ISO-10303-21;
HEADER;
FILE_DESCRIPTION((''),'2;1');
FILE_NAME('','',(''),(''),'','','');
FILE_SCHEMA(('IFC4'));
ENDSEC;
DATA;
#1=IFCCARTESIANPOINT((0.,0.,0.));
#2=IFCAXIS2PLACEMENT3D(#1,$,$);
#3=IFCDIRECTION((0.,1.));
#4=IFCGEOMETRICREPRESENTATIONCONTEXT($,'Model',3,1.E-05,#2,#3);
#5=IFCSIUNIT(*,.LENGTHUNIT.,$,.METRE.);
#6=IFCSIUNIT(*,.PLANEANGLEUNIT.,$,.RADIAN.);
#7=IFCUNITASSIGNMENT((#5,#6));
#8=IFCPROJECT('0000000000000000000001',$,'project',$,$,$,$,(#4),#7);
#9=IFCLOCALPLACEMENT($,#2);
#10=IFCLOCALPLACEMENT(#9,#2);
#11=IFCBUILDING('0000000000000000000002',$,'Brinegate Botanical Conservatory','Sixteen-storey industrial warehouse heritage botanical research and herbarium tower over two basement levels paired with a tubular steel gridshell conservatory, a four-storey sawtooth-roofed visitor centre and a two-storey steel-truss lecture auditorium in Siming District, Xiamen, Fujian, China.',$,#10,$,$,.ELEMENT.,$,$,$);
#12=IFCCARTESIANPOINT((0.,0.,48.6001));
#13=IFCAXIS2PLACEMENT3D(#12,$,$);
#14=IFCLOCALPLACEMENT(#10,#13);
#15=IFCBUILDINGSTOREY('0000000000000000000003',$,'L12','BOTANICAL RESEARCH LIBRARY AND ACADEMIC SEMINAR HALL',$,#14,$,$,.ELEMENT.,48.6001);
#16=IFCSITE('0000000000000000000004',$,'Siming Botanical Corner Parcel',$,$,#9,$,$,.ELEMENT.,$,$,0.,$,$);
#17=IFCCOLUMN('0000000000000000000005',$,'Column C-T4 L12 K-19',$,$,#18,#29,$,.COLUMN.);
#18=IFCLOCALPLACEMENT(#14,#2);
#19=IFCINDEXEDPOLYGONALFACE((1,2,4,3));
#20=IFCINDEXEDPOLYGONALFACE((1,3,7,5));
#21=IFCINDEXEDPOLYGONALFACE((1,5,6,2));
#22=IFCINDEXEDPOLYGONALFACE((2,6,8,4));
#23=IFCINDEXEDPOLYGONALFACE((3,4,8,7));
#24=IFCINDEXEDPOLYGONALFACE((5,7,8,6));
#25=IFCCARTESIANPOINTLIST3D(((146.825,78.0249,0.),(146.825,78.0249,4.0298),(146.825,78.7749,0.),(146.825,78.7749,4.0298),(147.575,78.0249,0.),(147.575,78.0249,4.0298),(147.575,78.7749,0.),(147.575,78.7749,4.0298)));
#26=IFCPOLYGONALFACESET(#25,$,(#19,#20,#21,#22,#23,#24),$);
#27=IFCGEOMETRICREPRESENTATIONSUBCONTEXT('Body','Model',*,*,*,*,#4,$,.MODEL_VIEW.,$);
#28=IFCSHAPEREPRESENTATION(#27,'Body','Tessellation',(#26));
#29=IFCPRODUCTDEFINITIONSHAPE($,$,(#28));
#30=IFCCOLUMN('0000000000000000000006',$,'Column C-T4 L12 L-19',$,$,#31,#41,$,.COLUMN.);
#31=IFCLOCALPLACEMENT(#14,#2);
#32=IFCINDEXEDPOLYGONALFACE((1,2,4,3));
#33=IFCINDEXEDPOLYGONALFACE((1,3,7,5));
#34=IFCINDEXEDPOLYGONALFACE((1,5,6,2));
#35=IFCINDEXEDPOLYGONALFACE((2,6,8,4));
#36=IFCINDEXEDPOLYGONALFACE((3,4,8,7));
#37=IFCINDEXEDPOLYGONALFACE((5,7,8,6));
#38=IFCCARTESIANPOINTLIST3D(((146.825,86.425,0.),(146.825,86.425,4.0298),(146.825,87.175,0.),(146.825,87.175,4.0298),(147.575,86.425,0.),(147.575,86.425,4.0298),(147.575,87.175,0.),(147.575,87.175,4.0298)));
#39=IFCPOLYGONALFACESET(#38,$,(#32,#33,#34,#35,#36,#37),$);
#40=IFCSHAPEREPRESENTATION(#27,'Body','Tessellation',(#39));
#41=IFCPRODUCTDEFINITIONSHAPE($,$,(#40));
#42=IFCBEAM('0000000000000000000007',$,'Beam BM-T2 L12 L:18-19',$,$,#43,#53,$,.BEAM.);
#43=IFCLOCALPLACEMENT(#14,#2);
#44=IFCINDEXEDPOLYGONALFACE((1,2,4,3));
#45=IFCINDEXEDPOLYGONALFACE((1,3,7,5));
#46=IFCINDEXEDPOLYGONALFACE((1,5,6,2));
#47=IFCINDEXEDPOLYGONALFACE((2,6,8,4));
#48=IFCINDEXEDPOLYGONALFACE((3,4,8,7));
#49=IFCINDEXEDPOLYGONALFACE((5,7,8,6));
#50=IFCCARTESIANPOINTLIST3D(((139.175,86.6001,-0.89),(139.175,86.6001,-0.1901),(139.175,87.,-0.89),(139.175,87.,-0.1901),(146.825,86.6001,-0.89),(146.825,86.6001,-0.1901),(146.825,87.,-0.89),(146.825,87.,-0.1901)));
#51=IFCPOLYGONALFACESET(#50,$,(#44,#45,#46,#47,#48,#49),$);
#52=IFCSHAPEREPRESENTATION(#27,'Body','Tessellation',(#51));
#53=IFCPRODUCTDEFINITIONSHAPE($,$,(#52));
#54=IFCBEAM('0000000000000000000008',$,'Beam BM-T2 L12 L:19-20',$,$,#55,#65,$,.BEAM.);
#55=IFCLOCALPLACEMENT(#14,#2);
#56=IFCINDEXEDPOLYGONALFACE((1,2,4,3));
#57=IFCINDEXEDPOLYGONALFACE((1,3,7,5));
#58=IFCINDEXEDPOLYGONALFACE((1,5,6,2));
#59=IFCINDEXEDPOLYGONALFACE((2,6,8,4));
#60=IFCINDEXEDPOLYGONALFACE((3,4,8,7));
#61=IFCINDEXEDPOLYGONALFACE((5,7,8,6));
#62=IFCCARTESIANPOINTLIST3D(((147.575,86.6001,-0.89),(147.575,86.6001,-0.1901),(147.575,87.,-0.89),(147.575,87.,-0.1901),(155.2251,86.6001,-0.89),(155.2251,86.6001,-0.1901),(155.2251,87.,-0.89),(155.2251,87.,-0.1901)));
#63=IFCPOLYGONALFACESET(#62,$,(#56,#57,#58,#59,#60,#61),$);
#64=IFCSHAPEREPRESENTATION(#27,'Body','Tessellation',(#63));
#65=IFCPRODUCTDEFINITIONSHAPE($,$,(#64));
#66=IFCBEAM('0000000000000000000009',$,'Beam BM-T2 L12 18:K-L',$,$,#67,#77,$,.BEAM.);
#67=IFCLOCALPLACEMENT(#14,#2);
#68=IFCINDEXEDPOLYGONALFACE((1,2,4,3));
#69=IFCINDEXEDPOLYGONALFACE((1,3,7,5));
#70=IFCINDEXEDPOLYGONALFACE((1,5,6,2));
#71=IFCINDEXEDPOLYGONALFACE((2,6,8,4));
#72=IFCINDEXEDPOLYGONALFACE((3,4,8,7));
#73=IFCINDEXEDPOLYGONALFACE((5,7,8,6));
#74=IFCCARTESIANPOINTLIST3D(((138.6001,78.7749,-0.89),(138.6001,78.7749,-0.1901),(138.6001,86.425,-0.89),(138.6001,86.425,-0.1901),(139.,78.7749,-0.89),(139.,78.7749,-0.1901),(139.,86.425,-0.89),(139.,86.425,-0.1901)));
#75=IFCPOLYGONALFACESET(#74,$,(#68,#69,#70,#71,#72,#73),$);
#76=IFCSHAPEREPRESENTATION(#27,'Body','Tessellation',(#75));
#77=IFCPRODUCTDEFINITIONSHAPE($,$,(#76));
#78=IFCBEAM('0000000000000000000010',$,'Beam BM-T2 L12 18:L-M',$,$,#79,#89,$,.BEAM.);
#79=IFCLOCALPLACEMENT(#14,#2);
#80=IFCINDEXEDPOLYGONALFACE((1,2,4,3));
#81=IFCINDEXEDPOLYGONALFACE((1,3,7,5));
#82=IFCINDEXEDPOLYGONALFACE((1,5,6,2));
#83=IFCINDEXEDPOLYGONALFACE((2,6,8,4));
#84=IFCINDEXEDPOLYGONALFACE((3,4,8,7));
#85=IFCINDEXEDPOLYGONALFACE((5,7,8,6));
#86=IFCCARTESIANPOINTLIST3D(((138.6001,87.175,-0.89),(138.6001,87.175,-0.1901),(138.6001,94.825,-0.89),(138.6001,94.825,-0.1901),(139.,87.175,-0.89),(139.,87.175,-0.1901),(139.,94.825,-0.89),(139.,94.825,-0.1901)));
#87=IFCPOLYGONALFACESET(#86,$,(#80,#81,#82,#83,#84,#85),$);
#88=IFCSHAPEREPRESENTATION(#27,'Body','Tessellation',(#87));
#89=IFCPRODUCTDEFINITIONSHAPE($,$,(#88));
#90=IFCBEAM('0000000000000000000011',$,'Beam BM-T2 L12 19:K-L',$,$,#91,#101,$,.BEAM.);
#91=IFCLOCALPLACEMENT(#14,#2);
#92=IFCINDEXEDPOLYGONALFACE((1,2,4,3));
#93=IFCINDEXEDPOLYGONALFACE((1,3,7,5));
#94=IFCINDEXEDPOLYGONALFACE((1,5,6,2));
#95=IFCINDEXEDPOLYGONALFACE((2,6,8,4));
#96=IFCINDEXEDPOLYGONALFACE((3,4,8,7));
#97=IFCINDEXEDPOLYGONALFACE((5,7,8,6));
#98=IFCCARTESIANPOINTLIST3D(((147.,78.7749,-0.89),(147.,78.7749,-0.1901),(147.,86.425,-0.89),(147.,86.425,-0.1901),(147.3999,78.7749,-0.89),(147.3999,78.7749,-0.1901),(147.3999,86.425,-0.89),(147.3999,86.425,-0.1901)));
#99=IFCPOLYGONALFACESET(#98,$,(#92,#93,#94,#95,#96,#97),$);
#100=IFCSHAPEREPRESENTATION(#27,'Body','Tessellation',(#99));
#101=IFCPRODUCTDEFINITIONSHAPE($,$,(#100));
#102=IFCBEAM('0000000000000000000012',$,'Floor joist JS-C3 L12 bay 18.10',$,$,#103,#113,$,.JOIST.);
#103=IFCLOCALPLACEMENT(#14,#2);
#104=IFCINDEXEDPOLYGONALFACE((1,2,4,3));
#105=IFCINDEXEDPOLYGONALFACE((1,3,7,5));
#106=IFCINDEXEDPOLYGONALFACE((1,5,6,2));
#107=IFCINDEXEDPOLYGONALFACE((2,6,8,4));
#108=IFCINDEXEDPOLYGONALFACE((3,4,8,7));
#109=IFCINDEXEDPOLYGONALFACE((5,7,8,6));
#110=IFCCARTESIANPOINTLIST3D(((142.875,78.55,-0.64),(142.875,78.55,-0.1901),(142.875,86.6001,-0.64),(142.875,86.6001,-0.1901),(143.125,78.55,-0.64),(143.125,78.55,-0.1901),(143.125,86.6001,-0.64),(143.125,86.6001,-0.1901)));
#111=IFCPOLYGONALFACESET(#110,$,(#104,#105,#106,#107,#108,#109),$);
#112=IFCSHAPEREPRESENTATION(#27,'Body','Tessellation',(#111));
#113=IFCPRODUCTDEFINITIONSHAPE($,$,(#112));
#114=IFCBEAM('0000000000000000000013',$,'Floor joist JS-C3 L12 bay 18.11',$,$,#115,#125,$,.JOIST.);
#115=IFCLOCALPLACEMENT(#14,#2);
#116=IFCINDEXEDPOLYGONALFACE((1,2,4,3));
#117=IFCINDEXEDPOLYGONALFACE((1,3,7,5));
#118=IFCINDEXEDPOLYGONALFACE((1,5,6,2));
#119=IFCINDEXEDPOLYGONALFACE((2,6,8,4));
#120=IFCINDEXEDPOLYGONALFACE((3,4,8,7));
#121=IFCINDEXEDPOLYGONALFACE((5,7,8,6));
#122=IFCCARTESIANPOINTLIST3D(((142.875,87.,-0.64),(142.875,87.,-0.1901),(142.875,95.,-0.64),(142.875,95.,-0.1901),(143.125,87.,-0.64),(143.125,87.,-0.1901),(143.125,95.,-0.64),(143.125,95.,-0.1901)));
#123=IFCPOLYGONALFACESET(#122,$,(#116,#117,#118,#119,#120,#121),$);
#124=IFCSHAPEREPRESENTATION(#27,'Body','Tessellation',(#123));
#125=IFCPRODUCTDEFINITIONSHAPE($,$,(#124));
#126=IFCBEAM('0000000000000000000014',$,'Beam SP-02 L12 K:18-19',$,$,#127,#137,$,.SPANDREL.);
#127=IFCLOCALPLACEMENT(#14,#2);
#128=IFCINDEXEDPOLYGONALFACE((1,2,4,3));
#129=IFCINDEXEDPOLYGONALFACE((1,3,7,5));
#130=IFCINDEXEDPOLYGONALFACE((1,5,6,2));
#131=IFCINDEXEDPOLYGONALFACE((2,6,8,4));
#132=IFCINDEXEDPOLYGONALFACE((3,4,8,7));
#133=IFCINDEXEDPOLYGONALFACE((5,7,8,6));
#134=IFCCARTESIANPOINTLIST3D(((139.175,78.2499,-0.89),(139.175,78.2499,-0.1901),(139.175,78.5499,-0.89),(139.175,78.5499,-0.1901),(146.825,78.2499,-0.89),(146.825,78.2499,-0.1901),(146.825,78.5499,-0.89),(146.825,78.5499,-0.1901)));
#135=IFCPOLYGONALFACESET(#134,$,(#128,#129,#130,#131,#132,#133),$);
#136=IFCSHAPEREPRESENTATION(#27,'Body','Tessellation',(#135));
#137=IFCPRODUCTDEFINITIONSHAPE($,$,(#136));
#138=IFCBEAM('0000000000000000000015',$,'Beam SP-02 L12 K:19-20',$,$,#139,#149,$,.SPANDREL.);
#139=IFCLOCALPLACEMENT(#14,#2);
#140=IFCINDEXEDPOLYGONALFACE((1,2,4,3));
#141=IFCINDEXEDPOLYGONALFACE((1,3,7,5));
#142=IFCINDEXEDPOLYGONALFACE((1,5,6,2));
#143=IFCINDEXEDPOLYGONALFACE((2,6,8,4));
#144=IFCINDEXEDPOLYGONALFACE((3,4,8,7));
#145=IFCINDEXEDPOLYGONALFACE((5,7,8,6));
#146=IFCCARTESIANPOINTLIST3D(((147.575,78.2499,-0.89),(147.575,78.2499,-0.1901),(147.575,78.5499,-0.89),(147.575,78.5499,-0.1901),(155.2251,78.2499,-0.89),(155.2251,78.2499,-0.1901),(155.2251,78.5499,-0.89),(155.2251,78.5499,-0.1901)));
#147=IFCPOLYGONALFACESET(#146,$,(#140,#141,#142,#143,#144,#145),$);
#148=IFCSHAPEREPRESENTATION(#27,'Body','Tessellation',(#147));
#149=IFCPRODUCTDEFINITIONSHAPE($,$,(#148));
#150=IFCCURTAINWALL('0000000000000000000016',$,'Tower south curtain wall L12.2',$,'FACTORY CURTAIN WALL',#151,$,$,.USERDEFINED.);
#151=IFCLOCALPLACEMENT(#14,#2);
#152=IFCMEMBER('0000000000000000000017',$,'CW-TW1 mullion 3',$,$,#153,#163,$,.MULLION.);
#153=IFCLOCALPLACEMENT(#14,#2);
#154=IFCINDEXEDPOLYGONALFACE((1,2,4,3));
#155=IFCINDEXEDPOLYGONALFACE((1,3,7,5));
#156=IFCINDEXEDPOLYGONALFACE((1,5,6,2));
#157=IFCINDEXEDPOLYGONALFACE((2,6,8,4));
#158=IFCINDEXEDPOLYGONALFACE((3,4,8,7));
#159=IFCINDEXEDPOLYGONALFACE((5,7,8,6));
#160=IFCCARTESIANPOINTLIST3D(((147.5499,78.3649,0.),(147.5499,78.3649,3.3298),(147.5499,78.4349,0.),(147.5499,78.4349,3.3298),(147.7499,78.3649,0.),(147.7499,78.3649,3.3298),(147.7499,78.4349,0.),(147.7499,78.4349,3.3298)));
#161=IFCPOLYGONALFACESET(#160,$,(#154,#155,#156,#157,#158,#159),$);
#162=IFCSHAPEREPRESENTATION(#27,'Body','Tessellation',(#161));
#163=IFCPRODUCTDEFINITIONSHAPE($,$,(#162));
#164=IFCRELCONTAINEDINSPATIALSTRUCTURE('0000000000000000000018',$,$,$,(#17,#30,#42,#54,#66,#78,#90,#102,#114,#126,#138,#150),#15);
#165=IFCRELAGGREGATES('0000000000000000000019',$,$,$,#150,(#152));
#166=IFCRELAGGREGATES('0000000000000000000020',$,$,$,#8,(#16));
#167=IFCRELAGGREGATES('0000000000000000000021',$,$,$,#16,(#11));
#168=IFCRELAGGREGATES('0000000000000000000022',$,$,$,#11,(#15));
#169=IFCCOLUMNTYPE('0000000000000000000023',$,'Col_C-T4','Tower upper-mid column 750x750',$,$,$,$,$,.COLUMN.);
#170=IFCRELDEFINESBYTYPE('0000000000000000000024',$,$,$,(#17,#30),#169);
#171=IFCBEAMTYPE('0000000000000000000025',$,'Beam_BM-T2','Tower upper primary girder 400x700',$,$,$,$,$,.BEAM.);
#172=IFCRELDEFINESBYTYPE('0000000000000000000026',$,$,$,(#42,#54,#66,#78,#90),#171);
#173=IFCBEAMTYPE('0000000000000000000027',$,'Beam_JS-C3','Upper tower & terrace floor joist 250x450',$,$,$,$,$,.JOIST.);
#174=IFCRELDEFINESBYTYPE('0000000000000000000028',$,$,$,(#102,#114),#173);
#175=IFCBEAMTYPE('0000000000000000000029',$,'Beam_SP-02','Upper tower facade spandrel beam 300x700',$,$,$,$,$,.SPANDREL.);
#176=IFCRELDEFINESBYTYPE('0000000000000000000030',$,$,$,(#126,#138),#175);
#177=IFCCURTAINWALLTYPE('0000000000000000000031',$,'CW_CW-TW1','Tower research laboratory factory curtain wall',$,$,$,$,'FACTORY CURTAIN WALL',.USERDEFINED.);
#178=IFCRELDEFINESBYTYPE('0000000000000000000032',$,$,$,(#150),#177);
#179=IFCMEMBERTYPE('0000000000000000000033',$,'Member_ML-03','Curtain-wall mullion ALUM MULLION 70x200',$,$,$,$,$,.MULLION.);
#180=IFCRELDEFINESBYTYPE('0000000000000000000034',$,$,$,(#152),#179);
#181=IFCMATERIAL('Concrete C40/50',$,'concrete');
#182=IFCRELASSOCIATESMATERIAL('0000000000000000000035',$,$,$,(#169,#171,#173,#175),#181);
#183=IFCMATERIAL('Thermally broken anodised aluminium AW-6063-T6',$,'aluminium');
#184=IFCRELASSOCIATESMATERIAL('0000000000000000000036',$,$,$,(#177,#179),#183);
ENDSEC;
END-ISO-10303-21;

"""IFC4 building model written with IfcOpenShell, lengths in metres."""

from ifc_helpers import new_model, si_unit, direction, frame, origin, origin_2d, place, context, subcontext, project, spatial, rectangle, extrude, material, material_profile, profile_set, type_object, element, aggregate, save


model = new_model("IFC4")

# Units and contexts
model_context = context("Model", 3, precision=1e-05, world=origin(), true_north=direction((0.0, 1.0)))
body_context = subcontext(model_context, "Body", "Model", "MODEL_VIEW")
ifc_project = project(units=[si_unit("LENGTHUNIT", "METRE"), si_unit("PLANEANGLEUNIT", "RADIAN")], contexts=[model_context])

# Site, building, storey
site_placement = place(None, origin())
site = spatial("IfcSite", under=ifc_project, at=site_placement, Name="Siming Botanical Corner Parcel", CompositionType="ELEMENT", RefElevation=0.0)
building_placement = place(site_placement, origin())
building = spatial("IfcBuilding", under=site, at=building_placement, Name="Brinegate Botanical Conservatory", Description="Sixteen-storey industrial warehouse heritage botanical research and herbarium tower over two basement levels paired with a tubular steel gridshell conservatory, a four-storey sawtooth-roofed visitor centre and a two-storey steel-truss lecture auditorium in Siming District, Xiamen, Fujian, China.", CompositionType="ELEMENT")
storey_placement = place(building_placement, frame((0.0, 0.0, 48.6001)))
storey = spatial("IfcBuildingStorey", under=building, at=storey_placement, Name="L12", Description="BOTANICAL RESEARCH LIBRARY AND ACADEMIC SEMINAR HALL", CompositionType="ELEMENT", Elevation=48.6001)

# Columns
ifc_material_1 = material(Name="Concrete C40/50", Category="concrete")
ifc_material_profile_1 = material_profile(ifc_material_1, rectangle(XDim=0.75, YDim=0.75, at=origin_2d()), Name="RC COL 750x750")
ifc_profile_set_1 = profile_set([ifc_material_profile_1], Name="Concrete C40/50")
column_type = type_object("IfcColumnType", Name="Col_C-T4", Description="Tower upper-mid column 750x750", PredefinedType="COLUMN", material=ifc_profile_set_1)
for number, where, z_axis, x_axis, name in (
    (1, (147.2, 78.3999, 0.0), (0.0, 0.0, 1.0), (1.0, 0.0, 0.0), "Column C-T4 L12 K-19"),
    (2, (147.2, 86.8, 0.0), (0.0, 0.0, 1.0), (1.0, 0.0, 0.0), "Column C-T4 L12 L-19"),
):
    element("IfcColumn", number, at=place(storey_placement, frame(where, z_axis=z_axis, x_axis=x_axis)), inside=storey, type_object=column_type, Name=name, PredefinedType="COLUMN", context=body_context, shape_type="SweptSolid", body=[
        extrude(rectangle(XDim=0.75, YDim=0.75, at=origin_2d()), origin(), (0.0, 0.0, 1.0), 4.0298),
    ])

# Beams
ifc_material_profile_2 = material_profile(ifc_material_1, rectangle(XDim=0.3999, YDim=0.7, at=origin_2d()), Name="RC BM 400x700")
ifc_profile_set_2 = profile_set([ifc_material_profile_2], Name="Concrete C40/50")
beam_type_1 = type_object("IfcBeamType", Name="Beam_BM-T2", Description="Tower upper primary girder 400x700", PredefinedType="BEAM", material=ifc_profile_set_2)
beam_1_placement = place(storey_placement, frame((139.175, 86.8, -0.54), z_axis=(1.0, 0.0, 0.0), x_axis=(0.0, 1.0, 0.0)))
element("IfcBeam", 3, at=beam_1_placement, inside=storey, type_object=beam_type_1, Name="Beam BM-T2 L12 L:18-19", PredefinedType="BEAM", context=body_context, shape_type="SweptSolid", body=[
    extrude(rectangle(XDim=0.3999, YDim=0.7, at=origin_2d()), origin(), (0.0, 0.0, 1.0), 7.6499),
])
for number, where, z_axis, x_axis, name in (
    (4, (147.575, 86.8, -0.54), (1.0, 0.0, 0.0), (0.0, 1.0, 0.0), "Beam BM-T2 L12 L:19-20"),
    (5, (138.8, 78.7749, -0.54), (0.0, 1.0, 0.0), (-1.0, 0.0, 0.0), "Beam BM-T2 L12 18:K-L"),
):
    element("IfcBeam", number, at=place(storey_placement, frame(where, z_axis=z_axis, x_axis=x_axis)), inside=storey, type_object=beam_type_1, Name=name, PredefinedType="BEAM", context=body_context, shape_type="SweptSolid", body=[
        extrude(rectangle(XDim=0.3999, YDim=0.7, at=origin_2d()), origin(), (0.0, 0.0, 1.0), 7.6501),
    ])
beam_2_placement = place(storey_placement, frame((138.8, 87.175, -0.54), z_axis=(0.0, 1.0, 0.0), x_axis=(-1.0, 0.0, 0.0)))
element("IfcBeam", 6, at=beam_2_placement, inside=storey, type_object=beam_type_1, Name="Beam BM-T2 L12 18:L-M", PredefinedType="BEAM", context=body_context, shape_type="SweptSolid", body=[
    extrude(rectangle(XDim=0.3999, YDim=0.7, at=origin_2d()), origin(), (0.0, 0.0, 1.0), 7.6499),
])
beam_3_placement = place(storey_placement, frame((147.2, 78.7749, -0.54), z_axis=(0.0, 1.0, 0.0), x_axis=(-1.0, 0.0, 0.0)))
element("IfcBeam", 7, at=beam_3_placement, inside=storey, type_object=beam_type_1, Name="Beam BM-T2 L12 19:K-L", PredefinedType="BEAM", context=body_context, shape_type="SweptSolid", body=[
    extrude(rectangle(XDim=0.3999, YDim=0.7, at=origin_2d()), origin(), (0.0, 0.0, 1.0), 7.6501),
])
ifc_material_profile_3 = material_profile(ifc_material_1, rectangle(XDim=0.25, YDim=0.45, at=origin_2d()), Name="RC JST 250x450")
ifc_profile_set_3 = profile_set([ifc_material_profile_3], Name="Concrete C40/50")
beam_type_2 = type_object("IfcBeamType", Name="Beam_JS-C3", Description="Upper tower & terrace floor joist 250x450", PredefinedType="JOIST", material=ifc_profile_set_3)
beam_4_placement = place(storey_placement, frame((143.0, 78.55, -0.415), z_axis=(0.0, 1.0, 0.0), x_axis=(-1.0, 0.0, 0.0)))
element("IfcBeam", 8, at=beam_4_placement, inside=storey, type_object=beam_type_2, Name="Floor joist JS-C3 L12 bay 18.10", PredefinedType="JOIST", context=body_context, shape_type="SweptSolid", body=[
    extrude(rectangle(XDim=0.25, YDim=0.45, at=origin_2d()), origin(), (0.0, 0.0, 1.0), 8.05),
])
beam_5_placement = place(storey_placement, frame((143.0, 87.0, -0.415), z_axis=(0.0, 1.0, 0.0), x_axis=(-1.0, 0.0, 0.0)))
element("IfcBeam", 9, at=beam_5_placement, inside=storey, type_object=beam_type_2, Name="Floor joist JS-C3 L12 bay 18.11", PredefinedType="JOIST", context=body_context, shape_type="SweptSolid", body=[
    extrude(rectangle(XDim=0.25, YDim=0.45, at=origin_2d()), origin(), (0.0, 0.0, 1.0), 8.0),
])
ifc_material_profile_4 = material_profile(ifc_material_1, rectangle(XDim=0.3, YDim=0.7, at=origin_2d()), Name="RC SPN 300x700")
ifc_profile_set_4 = profile_set([ifc_material_profile_4], Name="Concrete C40/50")
beam_type_3 = type_object("IfcBeamType", Name="Beam_SP-02", Description="Upper tower facade spandrel beam 300x700", PredefinedType="SPANDREL", material=ifc_profile_set_4)
beam_6_placement = place(storey_placement, frame((139.175, 78.3999, -0.54), z_axis=(1.0, 0.0, 0.0), x_axis=(0.0, 1.0, 0.0)))
element("IfcBeam", 10, at=beam_6_placement, inside=storey, type_object=beam_type_3, Name="Beam SP-02 L12 K:18-19", PredefinedType="SPANDREL", context=body_context, shape_type="SweptSolid", body=[
    extrude(rectangle(XDim=0.3, YDim=0.7, at=origin_2d()), origin(), (0.0, 0.0, 1.0), 7.6499),
])
beam_7_placement = place(storey_placement, frame((147.575, 78.3999, -0.54), z_axis=(1.0, 0.0, 0.0), x_axis=(0.0, 1.0, 0.0)))
element("IfcBeam", 11, at=beam_7_placement, inside=storey, type_object=beam_type_3, Name="Beam SP-02 L12 K:19-20", PredefinedType="SPANDREL", context=body_context, shape_type="SweptSolid", body=[
    extrude(rectangle(XDim=0.3, YDim=0.7, at=origin_2d()), origin(), (0.0, 0.0, 1.0), 7.6501),
])

# Curtain wall, member
ifc_material_2 = material(Name="Thermally broken anodised aluminium AW-6063-T6", Category="aluminium")
curtain_wall_type = type_object("IfcCurtainWallType", Name="CW_CW-TW1", Description="Tower research laboratory factory curtain wall", ElementType="FACTORY CURTAIN WALL", PredefinedType="USERDEFINED", material=ifc_material_2)
curtain_wall_placement = place(storey_placement, origin())
curtain_wall = element("IfcCurtainWall", 12, at=curtain_wall_placement, inside=storey, type_object=curtain_wall_type, Name="Tower south curtain wall L12.2", ObjectType="FACTORY CURTAIN WALL", PredefinedType="USERDEFINED")
ifc_material_profile_5 = material_profile(ifc_material_2, rectangle(XDim=0.0701, YDim=0.2, at=origin_2d()), Name="ALUM MULLION 70x200")
ifc_profile_set_5 = profile_set([ifc_material_profile_5], Name="Thermally broken anodised aluminium AW-6063-T6")
member_type = type_object("IfcMemberType", Name="Member_ML-03", Description="Curtain-wall mullion ALUM MULLION 70x200", PredefinedType="MULLION", material=ifc_profile_set_5)
member_placement = place(storey_placement, frame((147.6499, 78.3999, 0.0), z_axis=(0.0, 0.0, 1.0), x_axis=(0.0, -1.0, 0.0)))
member = element("IfcMember", 13, at=member_placement, type_object=member_type, Name="CW-TW1 mullion 3", PredefinedType="MULLION", context=body_context, shape_type="SweptSolid", body=[
    extrude(rectangle(XDim=0.0701, YDim=0.2, at=origin_2d()), origin(), (0.0, 0.0, 1.0), 3.3298),
])
aggregate(curtain_wall, [member])

save(model, "model.ifc")
